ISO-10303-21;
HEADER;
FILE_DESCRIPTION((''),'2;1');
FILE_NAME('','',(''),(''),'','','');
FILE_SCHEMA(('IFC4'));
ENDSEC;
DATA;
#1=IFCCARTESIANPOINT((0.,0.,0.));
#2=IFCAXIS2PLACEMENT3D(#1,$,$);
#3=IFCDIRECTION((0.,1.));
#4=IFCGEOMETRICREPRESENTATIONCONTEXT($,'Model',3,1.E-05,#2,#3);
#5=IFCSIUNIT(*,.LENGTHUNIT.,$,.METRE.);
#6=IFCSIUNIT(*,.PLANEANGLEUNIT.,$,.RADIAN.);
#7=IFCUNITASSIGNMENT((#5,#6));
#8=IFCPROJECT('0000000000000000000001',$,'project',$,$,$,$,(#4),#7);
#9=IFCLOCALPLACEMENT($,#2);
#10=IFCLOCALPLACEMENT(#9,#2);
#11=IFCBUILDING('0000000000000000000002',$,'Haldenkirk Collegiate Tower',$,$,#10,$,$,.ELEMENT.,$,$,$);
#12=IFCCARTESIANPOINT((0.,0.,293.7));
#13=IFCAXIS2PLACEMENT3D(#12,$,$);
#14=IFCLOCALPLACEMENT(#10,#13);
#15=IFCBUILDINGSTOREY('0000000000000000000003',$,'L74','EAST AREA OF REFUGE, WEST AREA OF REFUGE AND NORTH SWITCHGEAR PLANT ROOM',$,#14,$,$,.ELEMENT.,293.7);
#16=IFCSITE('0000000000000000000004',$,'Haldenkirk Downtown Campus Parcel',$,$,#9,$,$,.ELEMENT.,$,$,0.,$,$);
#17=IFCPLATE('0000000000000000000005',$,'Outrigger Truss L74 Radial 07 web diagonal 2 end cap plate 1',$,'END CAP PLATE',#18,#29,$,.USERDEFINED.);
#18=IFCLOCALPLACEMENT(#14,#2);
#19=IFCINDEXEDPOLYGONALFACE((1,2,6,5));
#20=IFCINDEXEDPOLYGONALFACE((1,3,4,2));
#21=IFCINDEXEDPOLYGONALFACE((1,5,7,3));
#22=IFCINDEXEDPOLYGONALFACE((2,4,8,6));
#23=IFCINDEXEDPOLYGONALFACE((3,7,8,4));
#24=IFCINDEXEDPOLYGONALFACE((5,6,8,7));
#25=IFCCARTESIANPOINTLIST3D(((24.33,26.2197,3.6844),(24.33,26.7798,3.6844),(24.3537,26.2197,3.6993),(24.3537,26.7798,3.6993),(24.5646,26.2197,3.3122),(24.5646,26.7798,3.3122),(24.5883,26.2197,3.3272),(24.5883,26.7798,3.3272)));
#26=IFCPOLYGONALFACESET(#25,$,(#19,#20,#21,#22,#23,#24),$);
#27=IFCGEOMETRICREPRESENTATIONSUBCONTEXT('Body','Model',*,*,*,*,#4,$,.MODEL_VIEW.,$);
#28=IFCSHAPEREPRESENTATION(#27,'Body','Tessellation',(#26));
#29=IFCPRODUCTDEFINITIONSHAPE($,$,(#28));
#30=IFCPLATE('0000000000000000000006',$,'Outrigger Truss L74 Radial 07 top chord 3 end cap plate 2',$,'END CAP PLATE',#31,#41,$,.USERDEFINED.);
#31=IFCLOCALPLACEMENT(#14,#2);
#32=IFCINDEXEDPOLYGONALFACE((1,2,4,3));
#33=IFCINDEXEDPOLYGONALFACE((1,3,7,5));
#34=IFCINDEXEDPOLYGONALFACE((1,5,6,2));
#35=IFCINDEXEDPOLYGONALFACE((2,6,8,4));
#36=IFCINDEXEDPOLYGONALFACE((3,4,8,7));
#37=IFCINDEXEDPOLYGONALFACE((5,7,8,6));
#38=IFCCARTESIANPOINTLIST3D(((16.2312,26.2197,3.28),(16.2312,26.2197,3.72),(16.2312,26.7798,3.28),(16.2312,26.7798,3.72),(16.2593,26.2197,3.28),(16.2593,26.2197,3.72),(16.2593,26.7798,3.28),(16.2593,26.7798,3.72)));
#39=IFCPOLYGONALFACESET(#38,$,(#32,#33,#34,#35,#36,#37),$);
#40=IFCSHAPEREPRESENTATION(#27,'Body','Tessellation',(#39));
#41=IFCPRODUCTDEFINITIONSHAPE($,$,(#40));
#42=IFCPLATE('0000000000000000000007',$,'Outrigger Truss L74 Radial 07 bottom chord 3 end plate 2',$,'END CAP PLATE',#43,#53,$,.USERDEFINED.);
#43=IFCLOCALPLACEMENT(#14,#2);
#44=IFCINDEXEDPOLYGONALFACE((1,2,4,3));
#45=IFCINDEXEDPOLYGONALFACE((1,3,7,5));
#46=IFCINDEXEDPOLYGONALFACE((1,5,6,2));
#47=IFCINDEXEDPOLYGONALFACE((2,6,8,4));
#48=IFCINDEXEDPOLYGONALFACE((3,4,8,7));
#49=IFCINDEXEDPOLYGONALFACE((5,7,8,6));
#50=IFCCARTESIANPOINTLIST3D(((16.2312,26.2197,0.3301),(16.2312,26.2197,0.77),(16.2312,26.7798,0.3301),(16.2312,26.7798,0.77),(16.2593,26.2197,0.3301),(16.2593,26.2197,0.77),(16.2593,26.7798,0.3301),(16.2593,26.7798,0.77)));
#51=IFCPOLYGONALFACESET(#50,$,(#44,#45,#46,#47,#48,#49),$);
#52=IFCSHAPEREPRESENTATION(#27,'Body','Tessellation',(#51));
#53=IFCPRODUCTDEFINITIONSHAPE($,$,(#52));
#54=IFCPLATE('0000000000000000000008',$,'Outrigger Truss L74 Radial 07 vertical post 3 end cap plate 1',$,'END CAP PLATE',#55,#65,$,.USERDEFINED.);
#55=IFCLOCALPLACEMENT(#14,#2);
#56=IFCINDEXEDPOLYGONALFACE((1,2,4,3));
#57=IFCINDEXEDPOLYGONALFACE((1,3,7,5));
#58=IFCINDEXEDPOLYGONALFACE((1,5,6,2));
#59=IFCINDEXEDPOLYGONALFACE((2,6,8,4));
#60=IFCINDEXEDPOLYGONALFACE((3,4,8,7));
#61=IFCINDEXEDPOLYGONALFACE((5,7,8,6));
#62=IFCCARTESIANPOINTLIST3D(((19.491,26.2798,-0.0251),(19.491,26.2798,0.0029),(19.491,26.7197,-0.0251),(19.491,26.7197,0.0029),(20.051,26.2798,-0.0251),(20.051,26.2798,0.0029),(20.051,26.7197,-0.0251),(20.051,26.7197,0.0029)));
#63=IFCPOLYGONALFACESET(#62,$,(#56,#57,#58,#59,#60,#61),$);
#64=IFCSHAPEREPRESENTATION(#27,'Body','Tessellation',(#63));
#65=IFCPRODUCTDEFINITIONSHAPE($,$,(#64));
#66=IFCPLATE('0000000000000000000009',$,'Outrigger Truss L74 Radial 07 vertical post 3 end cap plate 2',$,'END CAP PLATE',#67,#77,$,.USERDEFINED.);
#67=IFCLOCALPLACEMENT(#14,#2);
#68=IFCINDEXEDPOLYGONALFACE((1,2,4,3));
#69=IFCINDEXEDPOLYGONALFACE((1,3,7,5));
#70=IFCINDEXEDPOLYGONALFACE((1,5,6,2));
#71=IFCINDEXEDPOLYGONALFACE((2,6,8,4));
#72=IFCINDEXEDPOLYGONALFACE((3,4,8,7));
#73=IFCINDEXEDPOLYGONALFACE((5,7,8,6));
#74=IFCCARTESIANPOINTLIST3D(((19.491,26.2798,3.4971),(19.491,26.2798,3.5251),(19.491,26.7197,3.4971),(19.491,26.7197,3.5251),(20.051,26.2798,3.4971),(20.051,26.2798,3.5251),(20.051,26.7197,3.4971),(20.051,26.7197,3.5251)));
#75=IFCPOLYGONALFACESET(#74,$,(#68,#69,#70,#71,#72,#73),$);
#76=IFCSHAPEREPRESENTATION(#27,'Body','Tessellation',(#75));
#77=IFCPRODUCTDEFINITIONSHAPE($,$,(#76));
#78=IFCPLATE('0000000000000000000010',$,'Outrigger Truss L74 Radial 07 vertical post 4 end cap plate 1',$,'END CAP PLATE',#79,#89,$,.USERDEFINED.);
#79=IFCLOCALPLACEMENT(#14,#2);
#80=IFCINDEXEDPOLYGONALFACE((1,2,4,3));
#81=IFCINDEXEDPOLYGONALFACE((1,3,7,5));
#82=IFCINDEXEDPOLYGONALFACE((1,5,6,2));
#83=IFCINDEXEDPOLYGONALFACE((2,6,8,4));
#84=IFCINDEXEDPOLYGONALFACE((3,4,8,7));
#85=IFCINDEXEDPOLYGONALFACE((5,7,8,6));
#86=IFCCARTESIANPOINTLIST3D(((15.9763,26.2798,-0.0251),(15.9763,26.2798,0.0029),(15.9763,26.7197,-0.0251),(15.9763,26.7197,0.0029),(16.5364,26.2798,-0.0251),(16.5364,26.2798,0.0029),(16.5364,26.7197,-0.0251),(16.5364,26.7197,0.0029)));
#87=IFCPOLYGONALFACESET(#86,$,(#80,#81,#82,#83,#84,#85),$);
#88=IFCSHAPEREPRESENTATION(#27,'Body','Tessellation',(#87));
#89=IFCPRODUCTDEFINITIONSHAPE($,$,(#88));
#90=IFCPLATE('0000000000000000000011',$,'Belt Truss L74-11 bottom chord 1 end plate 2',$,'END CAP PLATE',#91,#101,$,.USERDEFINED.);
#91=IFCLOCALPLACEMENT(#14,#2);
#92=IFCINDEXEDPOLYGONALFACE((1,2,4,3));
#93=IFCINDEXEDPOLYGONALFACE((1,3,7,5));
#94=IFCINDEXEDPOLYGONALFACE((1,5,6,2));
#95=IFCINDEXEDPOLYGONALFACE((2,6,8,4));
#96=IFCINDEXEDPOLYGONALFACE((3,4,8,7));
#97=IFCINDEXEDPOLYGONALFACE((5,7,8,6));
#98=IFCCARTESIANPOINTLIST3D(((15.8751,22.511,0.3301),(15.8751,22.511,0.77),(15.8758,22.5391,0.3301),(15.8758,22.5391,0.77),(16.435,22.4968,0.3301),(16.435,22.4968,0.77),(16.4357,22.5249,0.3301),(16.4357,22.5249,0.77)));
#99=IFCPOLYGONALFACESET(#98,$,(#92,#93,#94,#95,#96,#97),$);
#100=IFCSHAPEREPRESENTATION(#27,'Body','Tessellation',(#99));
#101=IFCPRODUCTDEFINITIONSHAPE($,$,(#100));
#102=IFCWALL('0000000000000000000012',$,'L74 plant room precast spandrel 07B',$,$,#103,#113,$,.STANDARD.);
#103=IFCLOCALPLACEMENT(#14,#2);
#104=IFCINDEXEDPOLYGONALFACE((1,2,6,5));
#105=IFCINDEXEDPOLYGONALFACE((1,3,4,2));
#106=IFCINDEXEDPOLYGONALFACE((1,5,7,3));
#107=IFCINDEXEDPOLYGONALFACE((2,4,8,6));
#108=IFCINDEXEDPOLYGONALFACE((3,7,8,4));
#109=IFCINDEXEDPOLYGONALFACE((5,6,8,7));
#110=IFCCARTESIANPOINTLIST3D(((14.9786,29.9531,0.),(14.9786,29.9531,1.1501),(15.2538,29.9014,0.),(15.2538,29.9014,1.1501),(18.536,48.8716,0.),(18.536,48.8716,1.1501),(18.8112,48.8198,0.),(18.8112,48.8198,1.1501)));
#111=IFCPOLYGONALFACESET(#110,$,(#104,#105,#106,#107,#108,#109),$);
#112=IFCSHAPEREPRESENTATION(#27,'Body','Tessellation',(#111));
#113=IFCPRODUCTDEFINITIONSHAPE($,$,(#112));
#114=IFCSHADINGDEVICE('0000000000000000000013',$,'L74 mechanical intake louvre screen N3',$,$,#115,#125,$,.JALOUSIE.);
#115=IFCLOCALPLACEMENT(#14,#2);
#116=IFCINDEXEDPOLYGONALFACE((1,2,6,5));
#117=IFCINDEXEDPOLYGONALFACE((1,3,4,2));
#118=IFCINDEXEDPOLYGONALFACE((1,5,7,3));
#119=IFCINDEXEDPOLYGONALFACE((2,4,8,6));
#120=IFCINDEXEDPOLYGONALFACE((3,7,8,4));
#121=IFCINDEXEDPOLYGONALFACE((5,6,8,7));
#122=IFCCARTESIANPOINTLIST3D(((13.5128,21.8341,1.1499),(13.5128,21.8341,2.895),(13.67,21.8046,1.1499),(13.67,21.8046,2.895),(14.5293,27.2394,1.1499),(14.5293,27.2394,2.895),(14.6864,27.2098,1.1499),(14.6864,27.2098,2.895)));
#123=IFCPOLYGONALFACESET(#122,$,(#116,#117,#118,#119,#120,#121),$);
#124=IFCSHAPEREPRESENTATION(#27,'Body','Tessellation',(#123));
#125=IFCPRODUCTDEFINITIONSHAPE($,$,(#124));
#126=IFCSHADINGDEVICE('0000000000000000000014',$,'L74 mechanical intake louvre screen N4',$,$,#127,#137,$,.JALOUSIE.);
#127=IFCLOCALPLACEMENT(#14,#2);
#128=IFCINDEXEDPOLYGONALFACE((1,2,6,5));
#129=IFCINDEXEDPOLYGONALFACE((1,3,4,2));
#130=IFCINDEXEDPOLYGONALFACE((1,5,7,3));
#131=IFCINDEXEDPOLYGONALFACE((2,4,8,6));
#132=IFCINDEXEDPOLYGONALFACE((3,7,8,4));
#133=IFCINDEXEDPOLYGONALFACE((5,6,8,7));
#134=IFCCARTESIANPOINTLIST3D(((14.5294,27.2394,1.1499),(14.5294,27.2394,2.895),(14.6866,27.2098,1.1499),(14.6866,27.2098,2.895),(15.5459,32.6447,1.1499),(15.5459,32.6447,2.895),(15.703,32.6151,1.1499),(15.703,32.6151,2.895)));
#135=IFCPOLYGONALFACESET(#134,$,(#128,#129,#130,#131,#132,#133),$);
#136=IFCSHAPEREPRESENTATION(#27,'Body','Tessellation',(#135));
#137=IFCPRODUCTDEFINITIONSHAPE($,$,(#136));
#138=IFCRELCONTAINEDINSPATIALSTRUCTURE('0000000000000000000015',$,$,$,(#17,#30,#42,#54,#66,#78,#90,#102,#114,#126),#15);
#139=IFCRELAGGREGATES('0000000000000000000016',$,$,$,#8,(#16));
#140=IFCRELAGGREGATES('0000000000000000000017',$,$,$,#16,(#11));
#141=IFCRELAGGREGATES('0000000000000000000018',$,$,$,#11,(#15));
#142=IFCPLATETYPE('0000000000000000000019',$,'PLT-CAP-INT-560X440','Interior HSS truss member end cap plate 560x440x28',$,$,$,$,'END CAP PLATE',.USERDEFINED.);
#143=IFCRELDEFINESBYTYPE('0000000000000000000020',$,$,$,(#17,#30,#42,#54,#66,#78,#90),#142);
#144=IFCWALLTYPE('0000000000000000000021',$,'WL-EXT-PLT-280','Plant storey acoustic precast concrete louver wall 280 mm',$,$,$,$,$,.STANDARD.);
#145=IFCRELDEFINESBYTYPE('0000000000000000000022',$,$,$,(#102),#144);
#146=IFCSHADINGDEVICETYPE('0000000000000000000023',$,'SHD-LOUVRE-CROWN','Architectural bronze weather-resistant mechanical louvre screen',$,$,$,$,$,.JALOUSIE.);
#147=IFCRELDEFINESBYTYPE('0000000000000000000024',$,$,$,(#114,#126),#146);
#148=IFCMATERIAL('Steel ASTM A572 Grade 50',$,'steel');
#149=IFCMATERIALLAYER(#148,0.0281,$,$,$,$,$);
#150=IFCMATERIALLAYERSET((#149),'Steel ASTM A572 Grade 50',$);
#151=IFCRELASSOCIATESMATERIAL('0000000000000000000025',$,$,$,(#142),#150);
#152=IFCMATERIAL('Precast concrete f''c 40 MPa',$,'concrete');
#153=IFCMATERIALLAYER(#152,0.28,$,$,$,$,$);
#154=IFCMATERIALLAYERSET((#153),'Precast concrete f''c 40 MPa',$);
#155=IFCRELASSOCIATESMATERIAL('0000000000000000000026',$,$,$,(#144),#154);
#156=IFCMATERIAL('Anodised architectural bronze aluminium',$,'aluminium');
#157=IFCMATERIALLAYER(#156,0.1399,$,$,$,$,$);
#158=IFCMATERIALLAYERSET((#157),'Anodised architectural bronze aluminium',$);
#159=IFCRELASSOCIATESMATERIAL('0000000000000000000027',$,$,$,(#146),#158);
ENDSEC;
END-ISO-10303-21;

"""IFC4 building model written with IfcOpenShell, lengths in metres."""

from ifc_helpers import new_model, si_unit, direction, frame, frame_2d, origin, origin_2d, place, context, subcontext, project, spatial, rectangle, extrude, source, transform, mapped, material, layer, layer_set, type_object, element, save


model = new_model("IFC4")

# Units and contexts
model_context = context("Model", 3, precision=1e-05, world=origin(), true_north=direction((0.0, 1.0)))
body_context = subcontext(model_context, "Body", "Model", "MODEL_VIEW")
ifc_project = project(units=[si_unit("LENGTHUNIT", "METRE"), si_unit("PLANEANGLEUNIT", "RADIAN")], contexts=[model_context])

# Site, building, storey
site_placement = place(None, origin())
site = spatial("IfcSite", under=ifc_project, at=site_placement, Name="Haldenkirk Downtown Campus Parcel", CompositionType="ELEMENT", RefElevation=0.0)
building_placement = place(site_placement, origin())
building = spatial("IfcBuilding", under=site, at=building_placement, Name="Haldenkirk Collegiate Tower", CompositionType="ELEMENT")
storey_placement = place(building_placement, frame((0.0, 0.0, 293.7)))
storey = spatial("IfcBuildingStorey", under=building, at=storey_placement, Name="L74", Description="EAST AREA OF REFUGE, WEST AREA OF REFUGE AND NORTH SWITCHGEAR PLANT ROOM", CompositionType="ELEMENT", Elevation=293.7)

# Shared definitions
ifc_material_1 = material(Name="Steel ASTM A572 Grade 50", Category="steel")

# Plates
ifc_layer_1 = layer(ifc_material_1, 0.0281)
ifc_layer_set_1 = layer_set([ifc_layer_1], Name="Steel ASTM A572 Grade 50")
plate_type = type_object("IfcPlateType", Name="PLT-CAP-INT-560X440", Description="Interior HSS truss member end cap plate 560x440x28", ElementType="END CAP PLATE", PredefinedType="USERDEFINED", material=ifc_layer_set_1)
shared_shape_1 = source(origin(), body_context, "Body", "SweptSolid", [
    extrude(rectangle(XDim=0.5601, YDim=0.4399, at=origin_2d()), origin(), (0.0, 0.0, 1.0), 0.0281),
])
for number, where, z_axis, x_axis, name in (
    (1, (24.4473, 26.4998, 3.4983), (0.845915, 0.0, 0.533318), (0.0, 1.0, 0.0), "Outrigger Truss L74 Radial 07 web diagonal 2 end cap plate 1"),
    (2, (16.2593, 26.4998, 3.5), (-1.0, 0.0, 0.0), (0.0, -1.0, 0.0), "Outrigger Truss L74 Radial 07 top chord 3 end cap plate 2"),
    (3, (16.2593, 26.4998, 0.55), (-1.0, 0.0, 0.0), (0.0, -1.0, 0.0), "Outrigger Truss L74 Radial 07 bottom chord 3 end plate 2"),
    (4, (19.771, 26.4998, 0.0029), (0.0, 0.0, -1.0), (1.0, 0.0, 0.0), "Outrigger Truss L74 Radial 07 vertical post 3 end cap plate 1"),
    (5, (19.771, 26.4998, 3.4971), (0.0, 0.0, 1.0), (1.0, 0.0, 0.0), "Outrigger Truss L74 Radial 07 vertical post 3 end cap plate 2"),
    (6, (16.2563, 26.4998, 0.0029), (0.0, 0.0, -1.0), (1.0, 0.0, 0.0), "Outrigger Truss L74 Radial 07 vertical post 4 end cap plate 1"),
    (7, (16.1558, 22.532, 0.55), (-0.025302, -0.99968, 0.0), (0.99968, -0.025302, 0.0), "Belt Truss L74-11 bottom chord 1 end plate 2"),
):
    element("IfcPlate", number, at=place(storey_placement, frame(where, z_axis=z_axis, x_axis=x_axis)), inside=storey, type_object=plate_type, Name=name, ObjectType="END CAP PLATE", PredefinedType="USERDEFINED", context=body_context, shape_type="MappedRepresentation", body=[
        mapped(shared_shape_1, transform((0.0, 0.0, 0.0), x_axis=(1.0, 0.0, 0.0), y_axis=(0.0, 1.0, 0.0), z_axis=(0.0, 0.0, 1.0), scale=1.0)),
    ])

# Wall
ifc_material_2 = material(Name="Precast concrete f'c 40 MPa", Category="concrete")
ifc_layer_2 = layer(ifc_material_2, 0.28)
ifc_layer_set_2 = layer_set([ifc_layer_2], Name="Precast concrete f'c 40 MPa")
wall_type = type_object("IfcWallType", Name="WL-EXT-PLT-280", Description="Plant storey acoustic precast concrete louver wall 280 mm", PredefinedType="STANDARD", material=ifc_layer_set_2)
wall_placement = place(storey_placement, frame((15.1162, 29.9272, 0.0), z_axis=(0.0, 0.0, 1.0), x_axis=(0.184798, 0.982776, 0.0)))
element("IfcWall", 8, at=wall_placement, inside=storey, type_object=wall_type, Name="L74 plant room precast spandrel 07B", PredefinedType="STANDARD", context=body_context, shape_type="SweptSolid", body=[
    extrude(rectangle(XDim=19.25, YDim=0.28, at=frame_2d((9.625, 0.0))), origin(), (0.0, 0.0, 1.0), 1.1501),
])

# Shading devices
ifc_material_3 = material(Name="Anodised architectural bronze aluminium", Category="aluminium")
ifc_layer_3 = layer(ifc_material_3, 0.1399)
ifc_layer_set_3 = layer_set([ifc_layer_3], Name="Anodised architectural bronze aluminium")
shading_device_type = type_object("IfcShadingDeviceType", Name="SHD-LOUVRE-CROWN", Description="Architectural bronze weather-resistant mechanical louvre screen", PredefinedType="JALOUSIE", material=ifc_layer_set_3)
shared_shape_2 = source(origin(), body_context, "Body", "SweptSolid", [
    extrude(rectangle(XDim=5.5, YDim=0.1599, at=origin_2d()), origin(), (0.0, 0.0, 1.0), 1.7451),
])
for number, where, z_axis, x_axis, name in (
    (9, (14.0996, 24.522, 1.1499), (0.0, 0.0, 1.0), (0.184809, 0.982774, 0.0), "L74 mechanical intake louvre screen N3"),
    (10, (15.1162, 29.9272, 1.1499), (0.0, 0.0, 1.0), (0.184809, 0.982774, 0.0), "L74 mechanical intake louvre screen N4"),
):
    element("IfcShadingDevice", number, at=place(storey_placement, frame(where, z_axis=z_axis, x_axis=x_axis)), inside=storey, type_object=shading_device_type, Name=name, PredefinedType="JALOUSIE", context=body_context, shape_type="MappedRepresentation", body=[
        mapped(shared_shape_2, transform((0.0, 0.0, 0.0), x_axis=(1.0, 0.0, 0.0), y_axis=(0.0, 1.0, 0.0), z_axis=(0.0, 0.0, 1.0), scale=1.0)),
    ])

save(model, "model.ifc")
